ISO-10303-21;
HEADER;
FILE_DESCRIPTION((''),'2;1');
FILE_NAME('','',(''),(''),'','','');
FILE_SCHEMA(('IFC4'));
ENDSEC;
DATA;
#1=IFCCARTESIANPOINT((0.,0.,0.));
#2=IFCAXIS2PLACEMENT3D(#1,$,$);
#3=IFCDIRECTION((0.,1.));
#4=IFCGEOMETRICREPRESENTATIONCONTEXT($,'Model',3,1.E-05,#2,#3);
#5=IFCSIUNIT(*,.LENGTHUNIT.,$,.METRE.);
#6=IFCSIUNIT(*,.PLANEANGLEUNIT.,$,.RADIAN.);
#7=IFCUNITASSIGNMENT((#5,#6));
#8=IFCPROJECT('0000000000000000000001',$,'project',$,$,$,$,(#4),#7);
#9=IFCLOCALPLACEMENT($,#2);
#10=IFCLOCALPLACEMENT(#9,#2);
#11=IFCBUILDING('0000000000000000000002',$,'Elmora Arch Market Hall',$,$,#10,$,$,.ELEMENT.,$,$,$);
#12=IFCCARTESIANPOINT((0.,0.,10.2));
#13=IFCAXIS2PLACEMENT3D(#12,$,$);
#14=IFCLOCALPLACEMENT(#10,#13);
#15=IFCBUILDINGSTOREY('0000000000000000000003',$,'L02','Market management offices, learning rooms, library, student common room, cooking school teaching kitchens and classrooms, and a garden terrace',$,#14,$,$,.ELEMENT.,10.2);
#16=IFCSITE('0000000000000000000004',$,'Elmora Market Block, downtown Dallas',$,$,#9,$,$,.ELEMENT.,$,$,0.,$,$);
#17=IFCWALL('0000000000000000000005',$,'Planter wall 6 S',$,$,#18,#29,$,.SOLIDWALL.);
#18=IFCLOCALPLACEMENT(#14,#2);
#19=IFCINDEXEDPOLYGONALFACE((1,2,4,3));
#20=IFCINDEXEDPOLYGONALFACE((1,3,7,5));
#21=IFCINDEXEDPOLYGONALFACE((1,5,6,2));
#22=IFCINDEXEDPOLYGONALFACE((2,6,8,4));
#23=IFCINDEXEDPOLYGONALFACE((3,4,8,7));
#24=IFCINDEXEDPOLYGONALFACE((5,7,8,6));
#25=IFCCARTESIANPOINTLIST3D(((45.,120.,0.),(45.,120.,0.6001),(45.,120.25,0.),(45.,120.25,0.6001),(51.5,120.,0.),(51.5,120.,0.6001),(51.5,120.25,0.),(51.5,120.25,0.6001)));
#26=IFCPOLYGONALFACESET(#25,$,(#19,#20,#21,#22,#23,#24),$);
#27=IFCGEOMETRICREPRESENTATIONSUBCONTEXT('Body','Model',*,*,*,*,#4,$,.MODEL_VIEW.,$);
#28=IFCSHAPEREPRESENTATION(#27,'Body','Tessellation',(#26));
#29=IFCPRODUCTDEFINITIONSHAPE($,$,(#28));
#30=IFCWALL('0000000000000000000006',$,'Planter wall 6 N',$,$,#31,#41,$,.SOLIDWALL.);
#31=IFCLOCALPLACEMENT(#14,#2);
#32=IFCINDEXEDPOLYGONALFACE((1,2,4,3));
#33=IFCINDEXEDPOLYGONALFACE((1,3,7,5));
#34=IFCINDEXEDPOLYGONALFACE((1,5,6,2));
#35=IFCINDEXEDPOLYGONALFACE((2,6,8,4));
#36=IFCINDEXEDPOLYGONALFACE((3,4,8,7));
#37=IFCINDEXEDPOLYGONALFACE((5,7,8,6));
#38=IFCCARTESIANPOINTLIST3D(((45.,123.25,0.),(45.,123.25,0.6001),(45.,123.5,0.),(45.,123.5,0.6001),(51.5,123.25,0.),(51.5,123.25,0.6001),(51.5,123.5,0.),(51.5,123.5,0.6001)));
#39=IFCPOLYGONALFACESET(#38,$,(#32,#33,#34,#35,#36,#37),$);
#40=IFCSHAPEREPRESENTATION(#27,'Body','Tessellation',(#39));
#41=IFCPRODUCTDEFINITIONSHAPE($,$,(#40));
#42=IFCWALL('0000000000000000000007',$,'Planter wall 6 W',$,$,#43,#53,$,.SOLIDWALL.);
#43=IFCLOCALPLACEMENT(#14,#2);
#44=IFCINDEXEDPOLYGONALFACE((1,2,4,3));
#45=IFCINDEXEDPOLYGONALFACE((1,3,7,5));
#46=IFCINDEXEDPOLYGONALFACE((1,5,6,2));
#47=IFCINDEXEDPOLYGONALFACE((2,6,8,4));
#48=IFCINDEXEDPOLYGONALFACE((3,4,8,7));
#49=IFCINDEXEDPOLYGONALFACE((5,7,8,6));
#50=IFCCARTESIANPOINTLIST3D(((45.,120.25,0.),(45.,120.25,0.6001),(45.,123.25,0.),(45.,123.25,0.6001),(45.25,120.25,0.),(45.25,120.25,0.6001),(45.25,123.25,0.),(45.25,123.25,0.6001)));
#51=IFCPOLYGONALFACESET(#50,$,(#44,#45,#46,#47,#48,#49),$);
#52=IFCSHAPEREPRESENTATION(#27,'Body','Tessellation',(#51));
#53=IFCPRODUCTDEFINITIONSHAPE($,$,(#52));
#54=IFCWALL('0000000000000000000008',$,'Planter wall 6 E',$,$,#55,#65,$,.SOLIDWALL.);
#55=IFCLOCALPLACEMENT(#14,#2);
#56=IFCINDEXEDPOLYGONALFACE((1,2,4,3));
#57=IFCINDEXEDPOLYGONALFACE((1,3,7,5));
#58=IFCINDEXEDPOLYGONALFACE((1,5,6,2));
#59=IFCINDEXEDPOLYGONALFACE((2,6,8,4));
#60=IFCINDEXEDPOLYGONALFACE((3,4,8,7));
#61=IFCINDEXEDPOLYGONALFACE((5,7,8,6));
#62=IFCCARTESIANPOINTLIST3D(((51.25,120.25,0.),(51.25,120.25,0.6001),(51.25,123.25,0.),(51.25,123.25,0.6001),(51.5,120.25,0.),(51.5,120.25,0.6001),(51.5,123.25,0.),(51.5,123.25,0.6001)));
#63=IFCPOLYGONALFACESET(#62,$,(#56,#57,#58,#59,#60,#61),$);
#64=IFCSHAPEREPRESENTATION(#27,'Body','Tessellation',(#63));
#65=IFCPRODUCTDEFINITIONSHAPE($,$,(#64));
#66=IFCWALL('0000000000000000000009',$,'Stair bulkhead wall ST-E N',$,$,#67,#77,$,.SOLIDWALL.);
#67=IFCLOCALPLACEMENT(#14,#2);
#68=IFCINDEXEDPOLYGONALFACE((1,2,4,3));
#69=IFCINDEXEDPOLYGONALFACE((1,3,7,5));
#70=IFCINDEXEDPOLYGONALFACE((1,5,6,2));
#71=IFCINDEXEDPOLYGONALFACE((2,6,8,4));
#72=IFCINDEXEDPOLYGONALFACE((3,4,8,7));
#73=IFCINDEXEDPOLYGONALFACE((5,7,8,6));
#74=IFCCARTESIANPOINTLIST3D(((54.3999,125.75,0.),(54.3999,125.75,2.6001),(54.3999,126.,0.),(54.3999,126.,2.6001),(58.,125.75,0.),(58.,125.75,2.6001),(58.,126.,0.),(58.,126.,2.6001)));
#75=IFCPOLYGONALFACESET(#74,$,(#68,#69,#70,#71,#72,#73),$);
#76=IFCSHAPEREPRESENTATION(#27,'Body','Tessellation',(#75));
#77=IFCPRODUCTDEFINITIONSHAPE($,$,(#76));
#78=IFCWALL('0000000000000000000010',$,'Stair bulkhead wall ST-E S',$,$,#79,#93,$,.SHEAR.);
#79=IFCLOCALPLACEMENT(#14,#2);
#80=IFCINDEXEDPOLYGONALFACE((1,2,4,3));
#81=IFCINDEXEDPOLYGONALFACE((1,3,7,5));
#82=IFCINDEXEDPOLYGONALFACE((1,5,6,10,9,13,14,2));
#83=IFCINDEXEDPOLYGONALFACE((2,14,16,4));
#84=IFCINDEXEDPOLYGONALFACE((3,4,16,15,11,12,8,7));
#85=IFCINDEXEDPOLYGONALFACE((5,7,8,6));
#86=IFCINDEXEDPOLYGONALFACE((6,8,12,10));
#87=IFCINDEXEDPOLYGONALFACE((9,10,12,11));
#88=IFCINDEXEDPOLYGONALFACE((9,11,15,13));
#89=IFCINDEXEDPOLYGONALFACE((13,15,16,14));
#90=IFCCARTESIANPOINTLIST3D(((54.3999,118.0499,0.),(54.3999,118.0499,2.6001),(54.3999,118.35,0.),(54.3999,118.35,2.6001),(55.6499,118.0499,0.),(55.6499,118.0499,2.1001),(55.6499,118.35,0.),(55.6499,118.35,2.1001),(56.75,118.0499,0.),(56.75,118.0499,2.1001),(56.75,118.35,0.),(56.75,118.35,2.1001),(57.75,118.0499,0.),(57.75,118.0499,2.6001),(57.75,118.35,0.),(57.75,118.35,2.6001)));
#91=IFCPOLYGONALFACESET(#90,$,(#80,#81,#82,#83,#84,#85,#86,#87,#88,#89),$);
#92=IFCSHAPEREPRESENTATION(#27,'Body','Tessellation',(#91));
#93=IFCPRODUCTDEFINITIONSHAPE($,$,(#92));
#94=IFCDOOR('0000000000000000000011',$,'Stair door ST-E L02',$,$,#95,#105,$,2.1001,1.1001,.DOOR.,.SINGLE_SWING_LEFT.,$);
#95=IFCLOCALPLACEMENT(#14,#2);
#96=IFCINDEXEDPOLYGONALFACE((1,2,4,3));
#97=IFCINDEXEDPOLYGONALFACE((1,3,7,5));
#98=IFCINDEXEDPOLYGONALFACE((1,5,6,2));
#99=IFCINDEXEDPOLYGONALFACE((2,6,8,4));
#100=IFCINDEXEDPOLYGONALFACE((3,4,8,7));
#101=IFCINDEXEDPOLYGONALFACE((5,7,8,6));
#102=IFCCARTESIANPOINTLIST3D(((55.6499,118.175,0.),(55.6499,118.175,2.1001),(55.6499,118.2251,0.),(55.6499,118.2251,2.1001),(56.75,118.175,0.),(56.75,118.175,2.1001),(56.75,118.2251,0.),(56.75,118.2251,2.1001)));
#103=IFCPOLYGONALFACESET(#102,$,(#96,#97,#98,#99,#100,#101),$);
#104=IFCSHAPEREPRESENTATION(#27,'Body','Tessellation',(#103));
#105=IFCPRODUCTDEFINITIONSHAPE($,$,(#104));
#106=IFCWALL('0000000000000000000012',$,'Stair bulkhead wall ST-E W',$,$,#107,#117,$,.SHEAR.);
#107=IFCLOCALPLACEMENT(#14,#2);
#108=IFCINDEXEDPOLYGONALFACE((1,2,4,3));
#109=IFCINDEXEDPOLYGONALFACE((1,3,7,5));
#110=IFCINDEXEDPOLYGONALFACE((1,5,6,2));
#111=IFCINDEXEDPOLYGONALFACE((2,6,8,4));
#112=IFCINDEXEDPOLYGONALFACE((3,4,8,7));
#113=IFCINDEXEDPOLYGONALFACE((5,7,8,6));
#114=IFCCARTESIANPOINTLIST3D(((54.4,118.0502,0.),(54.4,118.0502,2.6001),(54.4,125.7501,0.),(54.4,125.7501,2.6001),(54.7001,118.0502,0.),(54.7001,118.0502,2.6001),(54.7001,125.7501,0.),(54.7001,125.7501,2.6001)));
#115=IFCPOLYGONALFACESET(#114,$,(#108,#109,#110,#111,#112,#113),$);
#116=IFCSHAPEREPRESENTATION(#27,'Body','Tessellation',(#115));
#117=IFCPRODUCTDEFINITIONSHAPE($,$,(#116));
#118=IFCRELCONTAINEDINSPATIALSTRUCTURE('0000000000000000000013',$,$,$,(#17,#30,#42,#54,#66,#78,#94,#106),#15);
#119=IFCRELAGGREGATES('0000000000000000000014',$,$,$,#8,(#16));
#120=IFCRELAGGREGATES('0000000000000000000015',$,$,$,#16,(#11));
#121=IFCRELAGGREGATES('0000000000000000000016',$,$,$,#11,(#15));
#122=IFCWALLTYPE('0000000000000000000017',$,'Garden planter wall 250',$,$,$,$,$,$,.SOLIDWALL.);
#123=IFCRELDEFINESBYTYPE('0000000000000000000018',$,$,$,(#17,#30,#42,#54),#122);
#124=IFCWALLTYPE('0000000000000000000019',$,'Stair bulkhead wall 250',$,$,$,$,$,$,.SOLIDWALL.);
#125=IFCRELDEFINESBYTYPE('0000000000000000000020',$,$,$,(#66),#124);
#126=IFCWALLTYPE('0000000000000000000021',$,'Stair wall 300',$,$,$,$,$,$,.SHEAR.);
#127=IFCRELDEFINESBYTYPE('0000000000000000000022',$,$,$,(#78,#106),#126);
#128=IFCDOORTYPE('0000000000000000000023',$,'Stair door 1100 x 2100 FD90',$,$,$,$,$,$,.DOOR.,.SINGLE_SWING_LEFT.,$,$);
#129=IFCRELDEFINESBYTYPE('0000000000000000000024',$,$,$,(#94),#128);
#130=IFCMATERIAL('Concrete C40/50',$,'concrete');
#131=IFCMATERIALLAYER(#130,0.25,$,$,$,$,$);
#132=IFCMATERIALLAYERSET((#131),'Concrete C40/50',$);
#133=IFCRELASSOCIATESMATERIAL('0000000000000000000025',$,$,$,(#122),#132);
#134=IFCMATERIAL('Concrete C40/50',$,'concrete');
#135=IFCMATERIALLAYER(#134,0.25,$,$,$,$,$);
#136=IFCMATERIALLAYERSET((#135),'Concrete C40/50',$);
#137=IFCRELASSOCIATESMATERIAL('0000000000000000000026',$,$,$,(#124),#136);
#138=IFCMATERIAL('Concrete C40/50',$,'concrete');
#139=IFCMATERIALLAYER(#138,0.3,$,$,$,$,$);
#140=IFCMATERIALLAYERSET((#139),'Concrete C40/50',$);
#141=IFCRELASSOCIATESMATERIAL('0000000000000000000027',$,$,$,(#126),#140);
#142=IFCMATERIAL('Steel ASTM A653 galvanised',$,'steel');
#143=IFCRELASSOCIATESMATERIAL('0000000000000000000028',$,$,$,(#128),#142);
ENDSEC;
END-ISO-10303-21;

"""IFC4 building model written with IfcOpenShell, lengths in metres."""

from ifc_helpers import new_model, si_unit, direction, frame, frame_2d, origin, place, context, subcontext, project, spatial, rectangle, extrude, material, layer, layer_set, type_object, element, fill, save


model = new_model("IFC4")

# Units and contexts
model_context = context("Model", 3, precision=1e-05, world=origin(), true_north=direction((0.0, 1.0)))
body_context = subcontext(model_context, "Body", "Model", "MODEL_VIEW")
ifc_project = project(units=[si_unit("LENGTHUNIT", "METRE"), si_unit("PLANEANGLEUNIT", "RADIAN")], contexts=[model_context])

# Site, building, storey
site_placement = place(None, origin())
site = spatial("IfcSite", under=ifc_project, at=site_placement, Name="Elmora Market Block, downtown Dallas", CompositionType="ELEMENT", RefElevation=0.0)
building_placement = place(site_placement, origin())
building = spatial("IfcBuilding", under=site, at=building_placement, Name="Elmora Arch Market Hall", CompositionType="ELEMENT")
storey_placement = place(building_placement, frame((0.0, 0.0, 10.2)))
storey = spatial("IfcBuildingStorey", under=building, at=storey_placement, Name="L02", Description="Market management offices, learning rooms, library, student common room, cooking school teaching kitchens and classrooms, and a garden terrace", CompositionType="ELEMENT", Elevation=10.2)

# Walls
ifc_material_1 = material(Name="Concrete C40/50", Category="concrete")
ifc_layer_1 = layer(ifc_material_1, 0.25)
ifc_layer_set_1 = layer_set([ifc_layer_1], Name="Concrete C40/50")
wall_type_1 = type_object("IfcWallType", Name="Garden planter wall 250", PredefinedType="SOLIDWALL", material=ifc_layer_set_1)
for number, where, z_axis, x_axis, name in (
    (1, (45.0, 120.125, 0.0), (0.0, 0.0, 1.0), (1.0, 0.0, 0.0), "Planter wall 6 S"),
    (2, (45.0, 123.375, 0.0), (0.0, 0.0, 1.0), (1.0, 0.0, 0.0), "Planter wall 6 N"),
):
    element("IfcWall", number, at=place(storey_placement, frame(where, z_axis=z_axis, x_axis=x_axis)), inside=storey, type_object=wall_type_1, Name=name, PredefinedType="SOLIDWALL", context=body_context, shape_type="SweptSolid", body=[
        extrude(rectangle(XDim=6.5, YDim=0.25, at=frame_2d((3.25, 0.0))), origin(), (0.0, 0.0, 1.0), 0.6001),
    ])
for number, where, z_axis, x_axis, name in (
    (3, (45.125, 120.25, 0.0), (0.0, 0.0, 1.0), (0.0, 1.0, 0.0), "Planter wall 6 W"),
    (4, (51.375, 120.25, 0.0), (0.0, 0.0, 1.0), (0.0, 1.0, 0.0), "Planter wall 6 E"),
):
    element("IfcWall", number, at=place(storey_placement, frame(where, z_axis=z_axis, x_axis=x_axis)), inside=storey, type_object=wall_type_1, Name=name, PredefinedType="SOLIDWALL", context=body_context, shape_type="SweptSolid", body=[
        extrude(rectangle(XDim=3.0, YDim=0.25, at=frame_2d((1.5, 0.0))), origin(), (0.0, 0.0, 1.0), 0.6001),
    ])
ifc_material_2 = material(Name="Concrete C40/50", Category="concrete")
ifc_layer_2 = layer(ifc_material_2, 0.25)
ifc_layer_set_2 = layer_set([ifc_layer_2], Name="Concrete C40/50")
wall_type_2 = type_object("IfcWallType", Name="Stair bulkhead wall 250", PredefinedType="SOLIDWALL", material=ifc_layer_set_2)
wall_1_placement = place(storey_placement, frame((54.3999, 125.875, 0.0), z_axis=(0.0, 0.0, 1.0), x_axis=(1.0, 0.0, 0.0)))
element("IfcWall", 5, at=wall_1_placement, inside=storey, type_object=wall_type_2, Name="Stair bulkhead wall ST-E N", PredefinedType="SOLIDWALL", context=body_context, shape_type="SweptSolid", body=[
    extrude(rectangle(XDim=3.6001, YDim=0.25, at=frame_2d((1.8, 0.0))), origin(), (0.0, 0.0, 1.0), 2.6001),
])

# Wall, opening, door
ifc_material_3 = material(Name="Concrete C40/50", Category="concrete")
ifc_layer_3 = layer(ifc_material_3, 0.3)
ifc_layer_set_3 = layer_set([ifc_layer_3], Name="Concrete C40/50")
wall_type_3 = type_object("IfcWallType", Name="Stair wall 300", PredefinedType="SHEAR", material=ifc_layer_set_3)
wall_2_placement = place(storey_placement, frame((54.3999, 118.2, 0.0), z_axis=(0.0, 0.0, 1.0), x_axis=(1.0, 0.0, 0.0)))
wall_2 = element("IfcWall", 6, at=wall_2_placement, inside=storey, type_object=wall_type_3, Name="Stair bulkhead wall ST-E S", PredefinedType="SHEAR", context=body_context, shape_type="SweptSolid", body=[
    extrude(rectangle(XDim=3.3501, YDim=0.3, at=frame_2d((1.675, 0.0))), origin(), (0.0, 0.0, 1.0), 2.6001),
])
opening_placement = place(wall_2_placement, frame((1.25, 0.0, 0.0)))
opening = element("IfcOpeningElement", 7, at=opening_placement, cuts=wall_2, PredefinedType="OPENING", context=body_context, shape_type="SweptSolid", body=[
    extrude(rectangle(XDim=1.1001, YDim=2.1001, at=frame_2d((0.55, 1.05))), frame((0.0, 0.1599, 0.0), z_axis=(0.0, -1.0, 0.0), x_axis=(1.0, 0.0, 0.0)), (0.0, 0.0, 1.0), 0.3201),
])
ifc_material_4 = material(Name="Steel ASTM A653 galvanised", Category="steel")
door_type = type_object("IfcDoorType", Name="Stair door 1100 x 2100 FD90", OperationType="SINGLE_SWING_LEFT", PredefinedType="DOOR", material=ifc_material_4)
door_placement = place(opening_placement, frame((1.1001, 0.0, 0.0), z_axis=(0.0, 0.0, 1.0), x_axis=(-1.0, 0.0, 0.0)))
door = element("IfcDoor", 8, at=door_placement, inside=storey, type_object=door_type, Name="Stair door ST-E L02", OperationType="SINGLE_SWING_LEFT", OverallHeight=2.1001, OverallWidth=1.1001, PredefinedType="DOOR", context=body_context, shape_type="SweptSolid", body=[
    extrude(rectangle(XDim=1.1001, YDim=2.1001, at=frame_2d((0.55, 1.05))), frame((0.0, 0.0249, 0.0), z_axis=(0.0, -1.0, 0.0), x_axis=(1.0, 0.0, 0.0)), (0.0, 0.0, 1.0), 0.05),
])
fill(opening, door)

# Wall
wall_3_placement = place(storey_placement, frame((54.55, 118.05, 0.0), z_axis=(0.0, 0.0, 1.0), x_axis=(0.0, 1.0, 0.0)))
element("IfcWall", 9, at=wall_3_placement, inside=storey, type_object=wall_type_3, Name="Stair bulkhead wall ST-E W", PredefinedType="SHEAR", context=body_context, shape_type="SweptSolid", body=[
    extrude(rectangle(XDim=7.7, YDim=0.3, at=frame_2d((3.8501, 0.0))), origin(), (0.0, 0.0, 1.0), 2.6001),
])

save(model, "model.ifc")
